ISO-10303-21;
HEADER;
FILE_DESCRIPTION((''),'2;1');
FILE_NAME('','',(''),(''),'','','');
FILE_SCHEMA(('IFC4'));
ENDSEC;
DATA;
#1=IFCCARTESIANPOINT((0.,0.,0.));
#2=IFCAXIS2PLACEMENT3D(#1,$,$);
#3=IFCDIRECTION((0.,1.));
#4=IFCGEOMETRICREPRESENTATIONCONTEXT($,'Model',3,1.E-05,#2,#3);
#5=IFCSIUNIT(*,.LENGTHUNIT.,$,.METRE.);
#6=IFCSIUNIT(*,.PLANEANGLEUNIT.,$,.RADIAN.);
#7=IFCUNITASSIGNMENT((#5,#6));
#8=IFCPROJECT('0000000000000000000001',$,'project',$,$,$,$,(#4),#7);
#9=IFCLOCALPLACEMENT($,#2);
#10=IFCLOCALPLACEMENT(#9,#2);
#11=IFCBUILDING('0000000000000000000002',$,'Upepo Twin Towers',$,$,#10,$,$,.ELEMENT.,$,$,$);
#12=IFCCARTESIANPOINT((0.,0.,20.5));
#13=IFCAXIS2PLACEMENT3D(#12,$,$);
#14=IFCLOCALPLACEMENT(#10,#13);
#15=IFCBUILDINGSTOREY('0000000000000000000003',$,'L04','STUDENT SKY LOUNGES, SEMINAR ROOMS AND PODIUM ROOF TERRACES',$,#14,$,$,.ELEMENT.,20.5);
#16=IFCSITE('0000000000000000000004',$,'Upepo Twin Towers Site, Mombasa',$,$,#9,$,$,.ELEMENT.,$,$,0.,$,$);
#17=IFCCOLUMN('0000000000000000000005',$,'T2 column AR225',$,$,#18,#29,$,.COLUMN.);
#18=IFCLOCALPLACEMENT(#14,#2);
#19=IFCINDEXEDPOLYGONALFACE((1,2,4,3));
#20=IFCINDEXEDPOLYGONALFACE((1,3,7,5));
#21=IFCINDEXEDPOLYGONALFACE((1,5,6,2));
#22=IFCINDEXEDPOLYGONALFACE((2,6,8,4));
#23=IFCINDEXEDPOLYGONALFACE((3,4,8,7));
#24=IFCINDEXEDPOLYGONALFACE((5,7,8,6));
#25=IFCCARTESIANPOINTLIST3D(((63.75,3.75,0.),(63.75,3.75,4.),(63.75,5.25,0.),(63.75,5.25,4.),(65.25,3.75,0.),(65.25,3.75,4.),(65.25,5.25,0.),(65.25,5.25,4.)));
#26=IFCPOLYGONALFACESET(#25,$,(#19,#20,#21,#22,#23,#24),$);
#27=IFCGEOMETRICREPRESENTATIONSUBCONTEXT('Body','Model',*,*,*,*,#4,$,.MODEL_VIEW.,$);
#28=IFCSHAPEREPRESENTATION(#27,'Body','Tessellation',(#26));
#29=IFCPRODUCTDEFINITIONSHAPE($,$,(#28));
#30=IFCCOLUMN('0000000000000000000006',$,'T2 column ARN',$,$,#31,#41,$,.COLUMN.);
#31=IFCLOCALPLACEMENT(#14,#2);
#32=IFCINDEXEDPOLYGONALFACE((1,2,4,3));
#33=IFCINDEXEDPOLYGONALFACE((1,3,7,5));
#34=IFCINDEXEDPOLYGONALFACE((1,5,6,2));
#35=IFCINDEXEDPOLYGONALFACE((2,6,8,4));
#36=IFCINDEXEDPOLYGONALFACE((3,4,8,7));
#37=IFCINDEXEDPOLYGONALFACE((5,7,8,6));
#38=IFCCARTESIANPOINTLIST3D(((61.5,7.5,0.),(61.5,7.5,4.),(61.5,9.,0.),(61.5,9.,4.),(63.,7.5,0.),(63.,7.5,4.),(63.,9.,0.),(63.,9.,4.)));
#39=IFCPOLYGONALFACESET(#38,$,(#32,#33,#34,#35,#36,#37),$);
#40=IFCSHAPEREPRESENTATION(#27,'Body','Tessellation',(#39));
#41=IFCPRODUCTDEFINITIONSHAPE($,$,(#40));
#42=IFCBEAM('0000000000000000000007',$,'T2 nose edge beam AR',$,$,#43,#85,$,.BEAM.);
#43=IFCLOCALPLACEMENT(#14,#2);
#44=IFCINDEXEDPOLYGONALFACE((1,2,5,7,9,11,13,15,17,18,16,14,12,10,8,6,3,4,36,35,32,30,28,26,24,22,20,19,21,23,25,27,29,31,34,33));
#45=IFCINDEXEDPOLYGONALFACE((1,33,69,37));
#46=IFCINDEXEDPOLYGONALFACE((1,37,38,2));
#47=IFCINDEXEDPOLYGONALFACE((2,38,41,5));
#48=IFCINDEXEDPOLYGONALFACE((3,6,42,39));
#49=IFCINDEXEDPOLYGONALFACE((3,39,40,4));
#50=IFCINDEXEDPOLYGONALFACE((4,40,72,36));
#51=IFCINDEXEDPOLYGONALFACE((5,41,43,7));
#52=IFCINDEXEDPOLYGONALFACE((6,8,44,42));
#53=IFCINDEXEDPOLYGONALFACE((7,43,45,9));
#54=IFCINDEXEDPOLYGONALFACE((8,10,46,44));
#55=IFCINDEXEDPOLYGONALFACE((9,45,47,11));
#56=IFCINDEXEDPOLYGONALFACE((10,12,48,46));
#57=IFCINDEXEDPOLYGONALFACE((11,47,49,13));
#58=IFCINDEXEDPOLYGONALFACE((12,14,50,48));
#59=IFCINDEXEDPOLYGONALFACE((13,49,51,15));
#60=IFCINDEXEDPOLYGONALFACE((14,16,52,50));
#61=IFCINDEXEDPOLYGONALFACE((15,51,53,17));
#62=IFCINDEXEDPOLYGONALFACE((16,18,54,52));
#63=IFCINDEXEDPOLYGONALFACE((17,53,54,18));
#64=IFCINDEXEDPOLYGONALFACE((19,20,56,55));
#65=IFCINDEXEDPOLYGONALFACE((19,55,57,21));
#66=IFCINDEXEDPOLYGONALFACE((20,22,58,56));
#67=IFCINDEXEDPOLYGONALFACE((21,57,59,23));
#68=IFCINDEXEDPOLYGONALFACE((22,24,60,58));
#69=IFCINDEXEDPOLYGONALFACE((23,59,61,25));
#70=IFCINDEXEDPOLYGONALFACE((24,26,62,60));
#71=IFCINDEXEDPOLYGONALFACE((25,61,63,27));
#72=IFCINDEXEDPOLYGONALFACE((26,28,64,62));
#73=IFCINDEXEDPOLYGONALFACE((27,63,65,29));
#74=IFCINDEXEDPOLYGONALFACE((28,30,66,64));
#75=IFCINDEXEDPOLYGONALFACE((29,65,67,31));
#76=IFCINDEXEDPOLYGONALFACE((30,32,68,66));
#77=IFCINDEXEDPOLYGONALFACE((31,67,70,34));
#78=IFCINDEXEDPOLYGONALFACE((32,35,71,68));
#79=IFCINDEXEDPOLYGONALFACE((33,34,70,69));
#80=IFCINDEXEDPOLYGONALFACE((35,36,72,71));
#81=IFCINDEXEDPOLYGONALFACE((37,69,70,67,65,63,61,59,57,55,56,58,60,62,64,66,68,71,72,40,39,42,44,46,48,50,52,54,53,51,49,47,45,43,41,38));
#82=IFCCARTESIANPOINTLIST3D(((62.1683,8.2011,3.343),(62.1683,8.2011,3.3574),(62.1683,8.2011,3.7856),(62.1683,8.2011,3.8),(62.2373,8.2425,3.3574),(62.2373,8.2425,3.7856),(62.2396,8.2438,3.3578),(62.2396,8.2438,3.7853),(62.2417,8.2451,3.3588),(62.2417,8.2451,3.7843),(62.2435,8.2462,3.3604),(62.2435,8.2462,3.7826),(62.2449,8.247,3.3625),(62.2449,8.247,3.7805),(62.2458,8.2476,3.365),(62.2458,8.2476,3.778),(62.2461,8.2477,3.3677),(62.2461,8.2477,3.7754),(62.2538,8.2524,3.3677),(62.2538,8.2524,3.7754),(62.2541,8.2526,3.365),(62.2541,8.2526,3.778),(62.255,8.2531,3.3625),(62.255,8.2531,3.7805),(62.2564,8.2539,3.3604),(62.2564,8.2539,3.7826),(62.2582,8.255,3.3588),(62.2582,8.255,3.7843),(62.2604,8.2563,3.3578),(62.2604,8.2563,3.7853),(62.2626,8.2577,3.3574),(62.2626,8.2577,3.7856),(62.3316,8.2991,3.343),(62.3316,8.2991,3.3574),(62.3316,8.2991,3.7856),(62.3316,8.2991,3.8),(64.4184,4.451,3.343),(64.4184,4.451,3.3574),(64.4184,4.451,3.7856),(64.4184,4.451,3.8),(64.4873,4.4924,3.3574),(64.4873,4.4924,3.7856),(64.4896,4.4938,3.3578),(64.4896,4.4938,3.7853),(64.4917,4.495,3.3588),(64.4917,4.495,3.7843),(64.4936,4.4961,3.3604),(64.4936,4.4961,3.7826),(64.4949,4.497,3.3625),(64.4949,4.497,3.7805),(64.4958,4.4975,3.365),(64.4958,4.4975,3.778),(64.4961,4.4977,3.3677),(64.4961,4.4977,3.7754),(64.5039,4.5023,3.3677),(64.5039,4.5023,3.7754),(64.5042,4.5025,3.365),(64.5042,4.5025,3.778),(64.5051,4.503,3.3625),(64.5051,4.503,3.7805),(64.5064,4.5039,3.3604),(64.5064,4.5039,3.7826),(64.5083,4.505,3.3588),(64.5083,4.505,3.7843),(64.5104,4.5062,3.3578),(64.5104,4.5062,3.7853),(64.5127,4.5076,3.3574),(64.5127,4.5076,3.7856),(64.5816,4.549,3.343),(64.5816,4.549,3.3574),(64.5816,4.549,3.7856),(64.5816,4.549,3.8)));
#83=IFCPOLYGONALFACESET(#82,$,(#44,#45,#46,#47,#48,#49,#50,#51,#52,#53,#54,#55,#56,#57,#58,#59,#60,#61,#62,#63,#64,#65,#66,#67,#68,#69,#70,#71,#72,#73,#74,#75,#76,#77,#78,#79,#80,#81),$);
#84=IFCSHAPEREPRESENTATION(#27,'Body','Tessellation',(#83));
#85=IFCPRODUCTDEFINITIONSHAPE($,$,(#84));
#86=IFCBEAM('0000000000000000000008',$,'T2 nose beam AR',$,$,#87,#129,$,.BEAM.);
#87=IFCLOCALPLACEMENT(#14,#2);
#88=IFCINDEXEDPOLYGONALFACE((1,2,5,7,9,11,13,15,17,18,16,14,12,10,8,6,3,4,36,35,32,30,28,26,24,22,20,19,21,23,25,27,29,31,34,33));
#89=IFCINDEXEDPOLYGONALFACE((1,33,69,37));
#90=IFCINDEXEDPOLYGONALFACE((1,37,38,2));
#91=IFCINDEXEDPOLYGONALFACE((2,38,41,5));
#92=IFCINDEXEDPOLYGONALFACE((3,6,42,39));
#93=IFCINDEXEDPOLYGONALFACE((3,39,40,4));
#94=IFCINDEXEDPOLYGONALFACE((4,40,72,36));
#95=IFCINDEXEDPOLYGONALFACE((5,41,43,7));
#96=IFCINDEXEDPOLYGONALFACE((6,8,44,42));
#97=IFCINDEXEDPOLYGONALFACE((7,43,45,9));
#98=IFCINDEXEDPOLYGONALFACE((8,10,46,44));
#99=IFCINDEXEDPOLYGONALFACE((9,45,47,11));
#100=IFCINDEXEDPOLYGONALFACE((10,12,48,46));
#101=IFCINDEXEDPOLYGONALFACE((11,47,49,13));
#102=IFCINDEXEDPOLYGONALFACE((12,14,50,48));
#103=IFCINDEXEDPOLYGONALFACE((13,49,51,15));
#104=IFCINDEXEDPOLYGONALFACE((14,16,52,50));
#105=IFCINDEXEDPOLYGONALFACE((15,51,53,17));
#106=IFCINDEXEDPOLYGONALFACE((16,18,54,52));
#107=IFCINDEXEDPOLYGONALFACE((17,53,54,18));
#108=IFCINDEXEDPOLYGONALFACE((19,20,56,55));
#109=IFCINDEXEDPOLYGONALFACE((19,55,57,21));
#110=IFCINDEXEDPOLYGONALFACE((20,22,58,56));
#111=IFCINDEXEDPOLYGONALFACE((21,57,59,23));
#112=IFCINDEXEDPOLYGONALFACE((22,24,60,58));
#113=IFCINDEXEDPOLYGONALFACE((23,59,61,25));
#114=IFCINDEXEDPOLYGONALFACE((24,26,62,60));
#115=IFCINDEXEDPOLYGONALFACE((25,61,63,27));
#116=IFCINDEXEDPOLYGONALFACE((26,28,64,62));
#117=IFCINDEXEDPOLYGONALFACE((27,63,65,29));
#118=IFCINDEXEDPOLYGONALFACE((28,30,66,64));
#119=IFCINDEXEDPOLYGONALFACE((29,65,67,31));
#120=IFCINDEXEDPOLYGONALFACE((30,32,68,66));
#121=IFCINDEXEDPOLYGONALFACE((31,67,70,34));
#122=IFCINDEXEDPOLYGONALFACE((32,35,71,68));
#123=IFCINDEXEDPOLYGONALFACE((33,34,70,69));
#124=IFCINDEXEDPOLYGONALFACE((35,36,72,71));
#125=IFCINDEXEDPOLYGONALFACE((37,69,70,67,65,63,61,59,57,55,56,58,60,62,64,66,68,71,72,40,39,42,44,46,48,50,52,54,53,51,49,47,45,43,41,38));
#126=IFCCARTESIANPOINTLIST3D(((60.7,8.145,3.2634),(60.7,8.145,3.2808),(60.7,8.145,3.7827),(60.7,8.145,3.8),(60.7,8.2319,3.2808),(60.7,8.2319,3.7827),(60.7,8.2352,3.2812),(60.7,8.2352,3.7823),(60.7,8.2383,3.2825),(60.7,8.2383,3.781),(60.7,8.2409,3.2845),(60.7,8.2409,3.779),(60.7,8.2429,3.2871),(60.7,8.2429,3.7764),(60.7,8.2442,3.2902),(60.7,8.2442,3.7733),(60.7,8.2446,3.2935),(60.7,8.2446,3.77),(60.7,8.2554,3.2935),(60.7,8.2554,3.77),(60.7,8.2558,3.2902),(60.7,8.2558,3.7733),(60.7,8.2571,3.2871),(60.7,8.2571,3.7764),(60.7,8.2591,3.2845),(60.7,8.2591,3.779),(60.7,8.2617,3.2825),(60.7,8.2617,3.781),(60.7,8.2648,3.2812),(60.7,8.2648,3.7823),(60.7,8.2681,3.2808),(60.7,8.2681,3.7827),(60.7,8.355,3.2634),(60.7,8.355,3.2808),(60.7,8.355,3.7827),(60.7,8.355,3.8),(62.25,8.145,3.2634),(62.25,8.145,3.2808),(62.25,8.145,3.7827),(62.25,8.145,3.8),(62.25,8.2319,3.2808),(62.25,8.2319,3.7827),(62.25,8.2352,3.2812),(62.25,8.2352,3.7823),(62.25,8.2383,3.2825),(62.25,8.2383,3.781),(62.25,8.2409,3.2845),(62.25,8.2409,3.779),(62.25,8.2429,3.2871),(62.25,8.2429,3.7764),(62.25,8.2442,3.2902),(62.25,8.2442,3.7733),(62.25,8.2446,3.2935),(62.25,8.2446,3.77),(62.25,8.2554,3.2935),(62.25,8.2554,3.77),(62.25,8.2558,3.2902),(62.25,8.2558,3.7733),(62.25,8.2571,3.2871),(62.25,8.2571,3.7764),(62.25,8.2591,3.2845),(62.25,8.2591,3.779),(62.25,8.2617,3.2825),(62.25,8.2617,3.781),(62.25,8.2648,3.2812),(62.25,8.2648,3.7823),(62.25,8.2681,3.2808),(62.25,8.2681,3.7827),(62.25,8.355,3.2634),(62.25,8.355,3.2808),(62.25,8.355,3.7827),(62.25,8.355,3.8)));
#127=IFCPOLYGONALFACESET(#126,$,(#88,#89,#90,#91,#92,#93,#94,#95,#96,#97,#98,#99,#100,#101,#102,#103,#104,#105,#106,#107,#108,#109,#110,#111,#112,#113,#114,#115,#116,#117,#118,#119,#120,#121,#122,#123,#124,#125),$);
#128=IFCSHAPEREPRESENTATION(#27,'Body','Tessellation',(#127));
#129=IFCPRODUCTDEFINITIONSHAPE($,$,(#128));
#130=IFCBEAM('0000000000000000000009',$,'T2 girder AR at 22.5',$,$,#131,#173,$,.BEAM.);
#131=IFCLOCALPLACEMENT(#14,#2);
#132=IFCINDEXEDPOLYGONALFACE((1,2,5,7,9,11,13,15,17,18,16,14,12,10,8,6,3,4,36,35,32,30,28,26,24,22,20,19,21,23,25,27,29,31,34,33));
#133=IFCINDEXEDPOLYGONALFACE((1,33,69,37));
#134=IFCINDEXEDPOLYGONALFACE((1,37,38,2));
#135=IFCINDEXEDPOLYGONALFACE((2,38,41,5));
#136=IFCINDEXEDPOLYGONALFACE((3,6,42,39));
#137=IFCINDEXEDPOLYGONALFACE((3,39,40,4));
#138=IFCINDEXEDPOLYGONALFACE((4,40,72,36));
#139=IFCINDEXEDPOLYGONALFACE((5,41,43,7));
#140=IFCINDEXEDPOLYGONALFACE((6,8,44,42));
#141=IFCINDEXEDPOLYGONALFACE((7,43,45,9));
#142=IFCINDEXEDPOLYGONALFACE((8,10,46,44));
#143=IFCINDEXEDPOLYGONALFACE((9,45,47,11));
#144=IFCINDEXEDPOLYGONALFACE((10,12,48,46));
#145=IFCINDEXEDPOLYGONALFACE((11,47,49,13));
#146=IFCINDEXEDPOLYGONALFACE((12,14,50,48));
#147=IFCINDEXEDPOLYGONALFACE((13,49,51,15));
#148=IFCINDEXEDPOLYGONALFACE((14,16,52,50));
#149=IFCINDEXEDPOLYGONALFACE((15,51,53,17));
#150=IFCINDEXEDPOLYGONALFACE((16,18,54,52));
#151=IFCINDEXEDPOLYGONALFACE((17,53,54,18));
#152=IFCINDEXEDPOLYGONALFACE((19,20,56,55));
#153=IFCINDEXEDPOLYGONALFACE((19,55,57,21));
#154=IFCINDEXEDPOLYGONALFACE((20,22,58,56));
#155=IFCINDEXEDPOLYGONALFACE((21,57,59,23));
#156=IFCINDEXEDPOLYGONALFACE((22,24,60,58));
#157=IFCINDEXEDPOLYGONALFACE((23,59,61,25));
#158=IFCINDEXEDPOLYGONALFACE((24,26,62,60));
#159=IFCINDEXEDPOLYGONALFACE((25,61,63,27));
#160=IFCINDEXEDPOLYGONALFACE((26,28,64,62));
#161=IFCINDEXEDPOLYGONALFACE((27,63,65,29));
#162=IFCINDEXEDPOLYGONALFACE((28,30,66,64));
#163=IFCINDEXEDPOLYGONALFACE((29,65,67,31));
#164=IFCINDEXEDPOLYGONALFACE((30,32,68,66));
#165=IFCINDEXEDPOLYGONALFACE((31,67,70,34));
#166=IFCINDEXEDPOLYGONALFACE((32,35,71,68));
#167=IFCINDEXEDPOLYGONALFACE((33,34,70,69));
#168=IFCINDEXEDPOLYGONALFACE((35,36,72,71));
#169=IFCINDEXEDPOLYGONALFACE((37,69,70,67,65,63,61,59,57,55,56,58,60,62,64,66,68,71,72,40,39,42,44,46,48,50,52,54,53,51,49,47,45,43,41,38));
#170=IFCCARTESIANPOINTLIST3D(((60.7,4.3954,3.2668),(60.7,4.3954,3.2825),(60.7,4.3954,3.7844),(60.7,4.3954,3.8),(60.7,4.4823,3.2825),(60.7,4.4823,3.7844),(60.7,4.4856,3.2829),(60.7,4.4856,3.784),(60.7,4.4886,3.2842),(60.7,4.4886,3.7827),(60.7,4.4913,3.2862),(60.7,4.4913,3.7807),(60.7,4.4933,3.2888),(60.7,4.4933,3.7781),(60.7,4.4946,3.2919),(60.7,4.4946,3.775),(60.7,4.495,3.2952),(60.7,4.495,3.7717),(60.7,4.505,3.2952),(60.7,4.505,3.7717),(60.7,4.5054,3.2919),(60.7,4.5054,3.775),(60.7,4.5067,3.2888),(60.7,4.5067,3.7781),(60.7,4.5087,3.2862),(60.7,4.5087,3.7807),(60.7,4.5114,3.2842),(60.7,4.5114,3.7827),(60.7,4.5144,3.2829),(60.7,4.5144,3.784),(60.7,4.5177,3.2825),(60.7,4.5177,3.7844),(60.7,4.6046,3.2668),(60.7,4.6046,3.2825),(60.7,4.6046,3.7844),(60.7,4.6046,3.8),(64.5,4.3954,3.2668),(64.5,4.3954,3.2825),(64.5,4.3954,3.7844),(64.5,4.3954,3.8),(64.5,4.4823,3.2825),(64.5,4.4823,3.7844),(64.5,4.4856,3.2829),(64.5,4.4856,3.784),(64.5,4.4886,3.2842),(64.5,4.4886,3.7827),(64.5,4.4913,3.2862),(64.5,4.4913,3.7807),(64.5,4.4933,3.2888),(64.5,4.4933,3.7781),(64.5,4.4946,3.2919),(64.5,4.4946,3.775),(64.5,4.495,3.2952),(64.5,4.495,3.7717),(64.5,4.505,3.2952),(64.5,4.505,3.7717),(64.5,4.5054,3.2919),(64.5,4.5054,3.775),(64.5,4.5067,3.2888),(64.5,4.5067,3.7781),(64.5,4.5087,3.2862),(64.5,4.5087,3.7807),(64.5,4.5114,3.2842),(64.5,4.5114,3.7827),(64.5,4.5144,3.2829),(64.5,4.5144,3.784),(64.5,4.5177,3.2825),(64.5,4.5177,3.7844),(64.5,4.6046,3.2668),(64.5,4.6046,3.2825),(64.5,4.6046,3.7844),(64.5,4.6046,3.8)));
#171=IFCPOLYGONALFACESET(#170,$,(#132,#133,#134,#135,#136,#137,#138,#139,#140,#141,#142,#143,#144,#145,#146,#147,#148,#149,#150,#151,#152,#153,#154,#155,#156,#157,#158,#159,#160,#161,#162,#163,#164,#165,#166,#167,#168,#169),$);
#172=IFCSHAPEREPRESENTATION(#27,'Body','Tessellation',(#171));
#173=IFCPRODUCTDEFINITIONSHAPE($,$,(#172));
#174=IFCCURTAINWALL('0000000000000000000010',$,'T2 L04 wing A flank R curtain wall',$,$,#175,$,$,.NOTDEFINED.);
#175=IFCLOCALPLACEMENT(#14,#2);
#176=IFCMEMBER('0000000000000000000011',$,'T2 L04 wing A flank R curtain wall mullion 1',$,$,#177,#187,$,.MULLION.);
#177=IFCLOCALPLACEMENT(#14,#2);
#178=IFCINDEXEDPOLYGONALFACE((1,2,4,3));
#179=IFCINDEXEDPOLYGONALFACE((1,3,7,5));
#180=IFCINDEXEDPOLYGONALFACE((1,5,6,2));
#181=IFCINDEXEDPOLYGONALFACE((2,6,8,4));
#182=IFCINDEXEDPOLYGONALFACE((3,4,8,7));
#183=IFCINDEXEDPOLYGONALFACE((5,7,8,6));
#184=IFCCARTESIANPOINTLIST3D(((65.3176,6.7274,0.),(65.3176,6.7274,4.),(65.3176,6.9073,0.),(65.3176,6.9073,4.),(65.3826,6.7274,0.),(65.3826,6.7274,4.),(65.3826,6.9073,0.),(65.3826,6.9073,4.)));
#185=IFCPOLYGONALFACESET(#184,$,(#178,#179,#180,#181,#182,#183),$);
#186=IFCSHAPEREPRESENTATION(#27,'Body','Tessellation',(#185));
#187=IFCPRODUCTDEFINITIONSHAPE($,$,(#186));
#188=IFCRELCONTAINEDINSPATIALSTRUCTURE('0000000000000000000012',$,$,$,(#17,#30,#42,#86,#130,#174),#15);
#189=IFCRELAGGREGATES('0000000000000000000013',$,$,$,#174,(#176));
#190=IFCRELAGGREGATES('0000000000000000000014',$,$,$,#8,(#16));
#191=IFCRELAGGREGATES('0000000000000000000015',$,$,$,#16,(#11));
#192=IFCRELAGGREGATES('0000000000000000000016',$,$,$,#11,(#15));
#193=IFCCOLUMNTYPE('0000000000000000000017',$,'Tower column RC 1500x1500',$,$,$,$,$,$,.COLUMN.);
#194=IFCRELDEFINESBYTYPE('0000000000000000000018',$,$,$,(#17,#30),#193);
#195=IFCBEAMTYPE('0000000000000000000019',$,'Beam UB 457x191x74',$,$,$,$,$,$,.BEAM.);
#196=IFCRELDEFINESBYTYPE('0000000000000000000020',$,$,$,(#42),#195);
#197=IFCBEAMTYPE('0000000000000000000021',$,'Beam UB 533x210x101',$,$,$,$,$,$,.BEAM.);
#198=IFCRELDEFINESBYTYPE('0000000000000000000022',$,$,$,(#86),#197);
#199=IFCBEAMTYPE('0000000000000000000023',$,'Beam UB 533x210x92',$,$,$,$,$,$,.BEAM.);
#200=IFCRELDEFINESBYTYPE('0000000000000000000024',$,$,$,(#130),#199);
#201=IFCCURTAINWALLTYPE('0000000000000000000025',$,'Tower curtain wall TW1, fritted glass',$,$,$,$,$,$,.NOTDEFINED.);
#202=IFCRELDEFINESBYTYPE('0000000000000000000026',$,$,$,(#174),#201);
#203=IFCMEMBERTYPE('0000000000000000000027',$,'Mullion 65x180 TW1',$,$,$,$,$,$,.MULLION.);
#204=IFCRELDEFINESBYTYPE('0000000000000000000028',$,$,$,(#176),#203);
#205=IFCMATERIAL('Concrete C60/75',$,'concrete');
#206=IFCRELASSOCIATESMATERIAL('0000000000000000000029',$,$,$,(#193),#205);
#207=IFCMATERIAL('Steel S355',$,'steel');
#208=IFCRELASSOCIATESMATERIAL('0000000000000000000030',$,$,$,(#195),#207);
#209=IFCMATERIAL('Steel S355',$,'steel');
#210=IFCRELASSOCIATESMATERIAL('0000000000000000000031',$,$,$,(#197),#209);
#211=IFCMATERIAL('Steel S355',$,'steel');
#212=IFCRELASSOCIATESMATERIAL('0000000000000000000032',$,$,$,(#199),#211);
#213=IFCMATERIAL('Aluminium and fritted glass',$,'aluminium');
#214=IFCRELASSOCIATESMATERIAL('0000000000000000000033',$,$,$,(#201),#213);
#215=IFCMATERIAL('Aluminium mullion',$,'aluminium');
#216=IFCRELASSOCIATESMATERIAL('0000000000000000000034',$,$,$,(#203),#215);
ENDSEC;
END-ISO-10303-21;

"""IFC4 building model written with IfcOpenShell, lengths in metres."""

from ifc_helpers import new_model, si_unit, direction, frame, origin, origin_2d, place, context, subcontext, project, spatial, rectangle, i_section, extrude, material, material_profile, profile_set, type_object, element, aggregate, save


model = new_model("IFC4")

# Units and contexts
model_context = context("Model", 3, precision=1e-05, world=origin(), true_north=direction((0.0, 1.0)))
body_context = subcontext(model_context, "Body", "Model", "MODEL_VIEW")
ifc_project = project(units=[si_unit("LENGTHUNIT", "METRE"), si_unit("PLANEANGLEUNIT", "RADIAN")], contexts=[model_context])

# Site, building, storey
site_placement = place(None, origin())
site = spatial("IfcSite", under=ifc_project, at=site_placement, Name="Upepo Twin Towers Site, Mombasa", CompositionType="ELEMENT", RefElevation=0.0)
building_placement = place(site_placement, origin())
building = spatial("IfcBuilding", under=site, at=building_placement, Name="Upepo Twin Towers", CompositionType="ELEMENT")
storey_placement = place(building_placement, frame((0.0, 0.0, 20.5)))
storey = spatial("IfcBuildingStorey", under=building, at=storey_placement, Name="L04", Description="STUDENT SKY LOUNGES, SEMINAR ROOMS AND PODIUM ROOF TERRACES", CompositionType="ELEMENT", Elevation=20.5)

# Columns
ifc_material_1 = material(Name="Concrete C60/75", Category="concrete")
ifc_material_profile_1 = material_profile(ifc_material_1, rectangle(XDim=1.5, YDim=1.5, at=origin_2d()), Name="RC 1500x1500")
ifc_profile_set_1 = profile_set([ifc_material_profile_1], Name="Concrete C60/75")
column_type = type_object("IfcColumnType", Name="Tower column RC 1500x1500", PredefinedType="COLUMN", material=ifc_profile_set_1)
for number, where, z_axis, x_axis, name in (
    (1, (64.5, 4.5, 0.0), (0.0, 0.0, 1.0), (1.0, 0.0, 0.0), "T2 column AR225"),
    (2, (62.25, 8.25, 0.0), (0.0, 0.0, 1.0), (1.0, 0.0, 0.0), "T2 column ARN"),
):
    element("IfcColumn", number, at=place(storey_placement, frame(where, z_axis=z_axis, x_axis=x_axis)), inside=storey, type_object=column_type, Name=name, PredefinedType="COLUMN", context=body_context, shape_type="SweptSolid", body=[
        extrude(rectangle(XDim=1.5, YDim=1.5, at=origin_2d()), origin(), (0.0, 0.0, 1.0), 4.0),
    ])

# Beams
ifc_material_2 = material(Name="Steel S355", Category="steel")
ifc_material_profile_2 = material_profile(ifc_material_2, i_section(OverallWidth=0.1904, OverallDepth=0.457, WebThickness=0.009, FlangeThickness=0.0144, FilletRadius=0.0103, at=origin_2d()), Name="UB 457x191x74")
ifc_profile_set_2 = profile_set([ifc_material_profile_2], Name="Steel S355")
beam_type_1 = type_object("IfcBeamType", Name="Beam UB 457x191x74", PredefinedType="BEAM", material=ifc_profile_set_2)
beam_1_placement = place(storey_placement, frame((64.5, 4.5, 3.5715), z_axis=(-0.514496, 0.857493, 0.0), x_axis=(-0.857493, -0.514496, 0.0)))
element("IfcBeam", 3, at=beam_1_placement, inside=storey, type_object=beam_type_1, Name="T2 nose edge beam AR", PredefinedType="BEAM", context=body_context, shape_type="SweptSolid", body=[
    extrude(i_section(OverallWidth=0.1904, OverallDepth=0.457, WebThickness=0.009, FlangeThickness=0.0144, FilletRadius=0.0103, at=origin_2d()), origin(), (0.0, 0.0, 1.0), 4.3733),
])
ifc_material_3 = material(Name="Steel S355", Category="steel")
ifc_material_profile_3 = material_profile(ifc_material_3, i_section(OverallWidth=0.21, OverallDepth=0.5366, WebThickness=0.0107, FlangeThickness=0.0173, FilletRadius=0.0127, at=origin_2d()), Name="UB 533x210x101")
ifc_profile_set_3 = profile_set([ifc_material_profile_3], Name="Steel S355")
beam_type_2 = type_object("IfcBeamType", Name="Beam UB 533x210x101", PredefinedType="BEAM", material=ifc_profile_set_3)
beam_2_placement = place(storey_placement, frame((62.25, 8.25, 3.5317), z_axis=(-1.0, 0.0, 0.0), x_axis=(0.0, -1.0, 0.0)))
element("IfcBeam", 4, at=beam_2_placement, inside=storey, type_object=beam_type_2, Name="T2 nose beam AR", PredefinedType="BEAM", context=body_context, shape_type="SweptSolid", body=[
    extrude(i_section(OverallWidth=0.21, OverallDepth=0.5366, WebThickness=0.0107, FlangeThickness=0.0173, FilletRadius=0.0127, at=origin_2d()), origin(), (0.0, 0.0, 1.0), 1.55),
])
ifc_material_4 = material(Name="Steel S355", Category="steel")
ifc_material_profile_4 = material_profile(ifc_material_4, i_section(OverallWidth=0.2092, OverallDepth=0.5332, WebThickness=0.01, FlangeThickness=0.0156, FilletRadius=0.0127, at=origin_2d()), Name="UB 533x210x92")
ifc_profile_set_4 = profile_set([ifc_material_profile_4], Name="Steel S355")
beam_type_3 = type_object("IfcBeamType", Name="Beam UB 533x210x92", PredefinedType="BEAM", material=ifc_profile_set_4)
beam_3_placement = place(storey_placement, frame((64.5, 4.5, 3.5334), z_axis=(-1.0, 0.0, 0.0), x_axis=(0.0, -1.0, 0.0)))
element("IfcBeam", 5, at=beam_3_placement, inside=storey, type_object=beam_type_3, Name="T2 girder AR at 22.5", PredefinedType="BEAM", context=body_context, shape_type="SweptSolid", body=[
    extrude(i_section(OverallWidth=0.2092, OverallDepth=0.5332, WebThickness=0.01, FlangeThickness=0.0156, FilletRadius=0.0127, at=origin_2d()), origin(), (0.0, 0.0, 1.0), 3.8),
])

# Curtain wall, member
ifc_material_5 = material(Name="Aluminium and fritted glass", Category="aluminium")
curtain_wall_type = type_object("IfcCurtainWallType", Name="Tower curtain wall TW1, fritted glass", PredefinedType="NOTDEFINED", material=ifc_material_5)
curtain_wall_1_placement = place(storey_placement, origin())
curtain_wall_1 = element("IfcCurtainWall", 6, at=curtain_wall_1_placement, inside=storey, type_object=curtain_wall_type, Name="T2 L04 wing A flank R curtain wall", PredefinedType="NOTDEFINED")
ifc_material_6 = material(Name="Aluminium mullion", Category="aluminium")
ifc_material_profile_5 = material_profile(ifc_material_6, rectangle(XDim=0.0649, YDim=0.1799, at=origin_2d()), Name="MULLION 65x180")
ifc_profile_set_5 = profile_set([ifc_material_profile_5], Name="Aluminium mullion")
member_type_1 = type_object("IfcMemberType", Name="Mullion 65x180 TW1", PredefinedType="MULLION", material=ifc_profile_set_5)
member_1_placement = place(storey_placement, frame((65.3501, 6.8174, 0.0), z_axis=(0.0, 0.0, 1.0), x_axis=(1.0, 0.0, 0.0)))
member_1 = element("IfcMember", 7, at=member_1_placement, type_object=member_type_1, Name="T2 L04 wing A flank R curtain wall mullion 1", PredefinedType="MULLION", context=body_context, shape_type="SweptSolid", body=[
    extrude(rectangle(XDim=0.0649, YDim=0.1799, at=origin_2d()), origin(), (0.0, 0.0, 1.0), 4.0),
])

aggregate(curtain_wall_1, [member_1])

save(model, "model.ifc")
